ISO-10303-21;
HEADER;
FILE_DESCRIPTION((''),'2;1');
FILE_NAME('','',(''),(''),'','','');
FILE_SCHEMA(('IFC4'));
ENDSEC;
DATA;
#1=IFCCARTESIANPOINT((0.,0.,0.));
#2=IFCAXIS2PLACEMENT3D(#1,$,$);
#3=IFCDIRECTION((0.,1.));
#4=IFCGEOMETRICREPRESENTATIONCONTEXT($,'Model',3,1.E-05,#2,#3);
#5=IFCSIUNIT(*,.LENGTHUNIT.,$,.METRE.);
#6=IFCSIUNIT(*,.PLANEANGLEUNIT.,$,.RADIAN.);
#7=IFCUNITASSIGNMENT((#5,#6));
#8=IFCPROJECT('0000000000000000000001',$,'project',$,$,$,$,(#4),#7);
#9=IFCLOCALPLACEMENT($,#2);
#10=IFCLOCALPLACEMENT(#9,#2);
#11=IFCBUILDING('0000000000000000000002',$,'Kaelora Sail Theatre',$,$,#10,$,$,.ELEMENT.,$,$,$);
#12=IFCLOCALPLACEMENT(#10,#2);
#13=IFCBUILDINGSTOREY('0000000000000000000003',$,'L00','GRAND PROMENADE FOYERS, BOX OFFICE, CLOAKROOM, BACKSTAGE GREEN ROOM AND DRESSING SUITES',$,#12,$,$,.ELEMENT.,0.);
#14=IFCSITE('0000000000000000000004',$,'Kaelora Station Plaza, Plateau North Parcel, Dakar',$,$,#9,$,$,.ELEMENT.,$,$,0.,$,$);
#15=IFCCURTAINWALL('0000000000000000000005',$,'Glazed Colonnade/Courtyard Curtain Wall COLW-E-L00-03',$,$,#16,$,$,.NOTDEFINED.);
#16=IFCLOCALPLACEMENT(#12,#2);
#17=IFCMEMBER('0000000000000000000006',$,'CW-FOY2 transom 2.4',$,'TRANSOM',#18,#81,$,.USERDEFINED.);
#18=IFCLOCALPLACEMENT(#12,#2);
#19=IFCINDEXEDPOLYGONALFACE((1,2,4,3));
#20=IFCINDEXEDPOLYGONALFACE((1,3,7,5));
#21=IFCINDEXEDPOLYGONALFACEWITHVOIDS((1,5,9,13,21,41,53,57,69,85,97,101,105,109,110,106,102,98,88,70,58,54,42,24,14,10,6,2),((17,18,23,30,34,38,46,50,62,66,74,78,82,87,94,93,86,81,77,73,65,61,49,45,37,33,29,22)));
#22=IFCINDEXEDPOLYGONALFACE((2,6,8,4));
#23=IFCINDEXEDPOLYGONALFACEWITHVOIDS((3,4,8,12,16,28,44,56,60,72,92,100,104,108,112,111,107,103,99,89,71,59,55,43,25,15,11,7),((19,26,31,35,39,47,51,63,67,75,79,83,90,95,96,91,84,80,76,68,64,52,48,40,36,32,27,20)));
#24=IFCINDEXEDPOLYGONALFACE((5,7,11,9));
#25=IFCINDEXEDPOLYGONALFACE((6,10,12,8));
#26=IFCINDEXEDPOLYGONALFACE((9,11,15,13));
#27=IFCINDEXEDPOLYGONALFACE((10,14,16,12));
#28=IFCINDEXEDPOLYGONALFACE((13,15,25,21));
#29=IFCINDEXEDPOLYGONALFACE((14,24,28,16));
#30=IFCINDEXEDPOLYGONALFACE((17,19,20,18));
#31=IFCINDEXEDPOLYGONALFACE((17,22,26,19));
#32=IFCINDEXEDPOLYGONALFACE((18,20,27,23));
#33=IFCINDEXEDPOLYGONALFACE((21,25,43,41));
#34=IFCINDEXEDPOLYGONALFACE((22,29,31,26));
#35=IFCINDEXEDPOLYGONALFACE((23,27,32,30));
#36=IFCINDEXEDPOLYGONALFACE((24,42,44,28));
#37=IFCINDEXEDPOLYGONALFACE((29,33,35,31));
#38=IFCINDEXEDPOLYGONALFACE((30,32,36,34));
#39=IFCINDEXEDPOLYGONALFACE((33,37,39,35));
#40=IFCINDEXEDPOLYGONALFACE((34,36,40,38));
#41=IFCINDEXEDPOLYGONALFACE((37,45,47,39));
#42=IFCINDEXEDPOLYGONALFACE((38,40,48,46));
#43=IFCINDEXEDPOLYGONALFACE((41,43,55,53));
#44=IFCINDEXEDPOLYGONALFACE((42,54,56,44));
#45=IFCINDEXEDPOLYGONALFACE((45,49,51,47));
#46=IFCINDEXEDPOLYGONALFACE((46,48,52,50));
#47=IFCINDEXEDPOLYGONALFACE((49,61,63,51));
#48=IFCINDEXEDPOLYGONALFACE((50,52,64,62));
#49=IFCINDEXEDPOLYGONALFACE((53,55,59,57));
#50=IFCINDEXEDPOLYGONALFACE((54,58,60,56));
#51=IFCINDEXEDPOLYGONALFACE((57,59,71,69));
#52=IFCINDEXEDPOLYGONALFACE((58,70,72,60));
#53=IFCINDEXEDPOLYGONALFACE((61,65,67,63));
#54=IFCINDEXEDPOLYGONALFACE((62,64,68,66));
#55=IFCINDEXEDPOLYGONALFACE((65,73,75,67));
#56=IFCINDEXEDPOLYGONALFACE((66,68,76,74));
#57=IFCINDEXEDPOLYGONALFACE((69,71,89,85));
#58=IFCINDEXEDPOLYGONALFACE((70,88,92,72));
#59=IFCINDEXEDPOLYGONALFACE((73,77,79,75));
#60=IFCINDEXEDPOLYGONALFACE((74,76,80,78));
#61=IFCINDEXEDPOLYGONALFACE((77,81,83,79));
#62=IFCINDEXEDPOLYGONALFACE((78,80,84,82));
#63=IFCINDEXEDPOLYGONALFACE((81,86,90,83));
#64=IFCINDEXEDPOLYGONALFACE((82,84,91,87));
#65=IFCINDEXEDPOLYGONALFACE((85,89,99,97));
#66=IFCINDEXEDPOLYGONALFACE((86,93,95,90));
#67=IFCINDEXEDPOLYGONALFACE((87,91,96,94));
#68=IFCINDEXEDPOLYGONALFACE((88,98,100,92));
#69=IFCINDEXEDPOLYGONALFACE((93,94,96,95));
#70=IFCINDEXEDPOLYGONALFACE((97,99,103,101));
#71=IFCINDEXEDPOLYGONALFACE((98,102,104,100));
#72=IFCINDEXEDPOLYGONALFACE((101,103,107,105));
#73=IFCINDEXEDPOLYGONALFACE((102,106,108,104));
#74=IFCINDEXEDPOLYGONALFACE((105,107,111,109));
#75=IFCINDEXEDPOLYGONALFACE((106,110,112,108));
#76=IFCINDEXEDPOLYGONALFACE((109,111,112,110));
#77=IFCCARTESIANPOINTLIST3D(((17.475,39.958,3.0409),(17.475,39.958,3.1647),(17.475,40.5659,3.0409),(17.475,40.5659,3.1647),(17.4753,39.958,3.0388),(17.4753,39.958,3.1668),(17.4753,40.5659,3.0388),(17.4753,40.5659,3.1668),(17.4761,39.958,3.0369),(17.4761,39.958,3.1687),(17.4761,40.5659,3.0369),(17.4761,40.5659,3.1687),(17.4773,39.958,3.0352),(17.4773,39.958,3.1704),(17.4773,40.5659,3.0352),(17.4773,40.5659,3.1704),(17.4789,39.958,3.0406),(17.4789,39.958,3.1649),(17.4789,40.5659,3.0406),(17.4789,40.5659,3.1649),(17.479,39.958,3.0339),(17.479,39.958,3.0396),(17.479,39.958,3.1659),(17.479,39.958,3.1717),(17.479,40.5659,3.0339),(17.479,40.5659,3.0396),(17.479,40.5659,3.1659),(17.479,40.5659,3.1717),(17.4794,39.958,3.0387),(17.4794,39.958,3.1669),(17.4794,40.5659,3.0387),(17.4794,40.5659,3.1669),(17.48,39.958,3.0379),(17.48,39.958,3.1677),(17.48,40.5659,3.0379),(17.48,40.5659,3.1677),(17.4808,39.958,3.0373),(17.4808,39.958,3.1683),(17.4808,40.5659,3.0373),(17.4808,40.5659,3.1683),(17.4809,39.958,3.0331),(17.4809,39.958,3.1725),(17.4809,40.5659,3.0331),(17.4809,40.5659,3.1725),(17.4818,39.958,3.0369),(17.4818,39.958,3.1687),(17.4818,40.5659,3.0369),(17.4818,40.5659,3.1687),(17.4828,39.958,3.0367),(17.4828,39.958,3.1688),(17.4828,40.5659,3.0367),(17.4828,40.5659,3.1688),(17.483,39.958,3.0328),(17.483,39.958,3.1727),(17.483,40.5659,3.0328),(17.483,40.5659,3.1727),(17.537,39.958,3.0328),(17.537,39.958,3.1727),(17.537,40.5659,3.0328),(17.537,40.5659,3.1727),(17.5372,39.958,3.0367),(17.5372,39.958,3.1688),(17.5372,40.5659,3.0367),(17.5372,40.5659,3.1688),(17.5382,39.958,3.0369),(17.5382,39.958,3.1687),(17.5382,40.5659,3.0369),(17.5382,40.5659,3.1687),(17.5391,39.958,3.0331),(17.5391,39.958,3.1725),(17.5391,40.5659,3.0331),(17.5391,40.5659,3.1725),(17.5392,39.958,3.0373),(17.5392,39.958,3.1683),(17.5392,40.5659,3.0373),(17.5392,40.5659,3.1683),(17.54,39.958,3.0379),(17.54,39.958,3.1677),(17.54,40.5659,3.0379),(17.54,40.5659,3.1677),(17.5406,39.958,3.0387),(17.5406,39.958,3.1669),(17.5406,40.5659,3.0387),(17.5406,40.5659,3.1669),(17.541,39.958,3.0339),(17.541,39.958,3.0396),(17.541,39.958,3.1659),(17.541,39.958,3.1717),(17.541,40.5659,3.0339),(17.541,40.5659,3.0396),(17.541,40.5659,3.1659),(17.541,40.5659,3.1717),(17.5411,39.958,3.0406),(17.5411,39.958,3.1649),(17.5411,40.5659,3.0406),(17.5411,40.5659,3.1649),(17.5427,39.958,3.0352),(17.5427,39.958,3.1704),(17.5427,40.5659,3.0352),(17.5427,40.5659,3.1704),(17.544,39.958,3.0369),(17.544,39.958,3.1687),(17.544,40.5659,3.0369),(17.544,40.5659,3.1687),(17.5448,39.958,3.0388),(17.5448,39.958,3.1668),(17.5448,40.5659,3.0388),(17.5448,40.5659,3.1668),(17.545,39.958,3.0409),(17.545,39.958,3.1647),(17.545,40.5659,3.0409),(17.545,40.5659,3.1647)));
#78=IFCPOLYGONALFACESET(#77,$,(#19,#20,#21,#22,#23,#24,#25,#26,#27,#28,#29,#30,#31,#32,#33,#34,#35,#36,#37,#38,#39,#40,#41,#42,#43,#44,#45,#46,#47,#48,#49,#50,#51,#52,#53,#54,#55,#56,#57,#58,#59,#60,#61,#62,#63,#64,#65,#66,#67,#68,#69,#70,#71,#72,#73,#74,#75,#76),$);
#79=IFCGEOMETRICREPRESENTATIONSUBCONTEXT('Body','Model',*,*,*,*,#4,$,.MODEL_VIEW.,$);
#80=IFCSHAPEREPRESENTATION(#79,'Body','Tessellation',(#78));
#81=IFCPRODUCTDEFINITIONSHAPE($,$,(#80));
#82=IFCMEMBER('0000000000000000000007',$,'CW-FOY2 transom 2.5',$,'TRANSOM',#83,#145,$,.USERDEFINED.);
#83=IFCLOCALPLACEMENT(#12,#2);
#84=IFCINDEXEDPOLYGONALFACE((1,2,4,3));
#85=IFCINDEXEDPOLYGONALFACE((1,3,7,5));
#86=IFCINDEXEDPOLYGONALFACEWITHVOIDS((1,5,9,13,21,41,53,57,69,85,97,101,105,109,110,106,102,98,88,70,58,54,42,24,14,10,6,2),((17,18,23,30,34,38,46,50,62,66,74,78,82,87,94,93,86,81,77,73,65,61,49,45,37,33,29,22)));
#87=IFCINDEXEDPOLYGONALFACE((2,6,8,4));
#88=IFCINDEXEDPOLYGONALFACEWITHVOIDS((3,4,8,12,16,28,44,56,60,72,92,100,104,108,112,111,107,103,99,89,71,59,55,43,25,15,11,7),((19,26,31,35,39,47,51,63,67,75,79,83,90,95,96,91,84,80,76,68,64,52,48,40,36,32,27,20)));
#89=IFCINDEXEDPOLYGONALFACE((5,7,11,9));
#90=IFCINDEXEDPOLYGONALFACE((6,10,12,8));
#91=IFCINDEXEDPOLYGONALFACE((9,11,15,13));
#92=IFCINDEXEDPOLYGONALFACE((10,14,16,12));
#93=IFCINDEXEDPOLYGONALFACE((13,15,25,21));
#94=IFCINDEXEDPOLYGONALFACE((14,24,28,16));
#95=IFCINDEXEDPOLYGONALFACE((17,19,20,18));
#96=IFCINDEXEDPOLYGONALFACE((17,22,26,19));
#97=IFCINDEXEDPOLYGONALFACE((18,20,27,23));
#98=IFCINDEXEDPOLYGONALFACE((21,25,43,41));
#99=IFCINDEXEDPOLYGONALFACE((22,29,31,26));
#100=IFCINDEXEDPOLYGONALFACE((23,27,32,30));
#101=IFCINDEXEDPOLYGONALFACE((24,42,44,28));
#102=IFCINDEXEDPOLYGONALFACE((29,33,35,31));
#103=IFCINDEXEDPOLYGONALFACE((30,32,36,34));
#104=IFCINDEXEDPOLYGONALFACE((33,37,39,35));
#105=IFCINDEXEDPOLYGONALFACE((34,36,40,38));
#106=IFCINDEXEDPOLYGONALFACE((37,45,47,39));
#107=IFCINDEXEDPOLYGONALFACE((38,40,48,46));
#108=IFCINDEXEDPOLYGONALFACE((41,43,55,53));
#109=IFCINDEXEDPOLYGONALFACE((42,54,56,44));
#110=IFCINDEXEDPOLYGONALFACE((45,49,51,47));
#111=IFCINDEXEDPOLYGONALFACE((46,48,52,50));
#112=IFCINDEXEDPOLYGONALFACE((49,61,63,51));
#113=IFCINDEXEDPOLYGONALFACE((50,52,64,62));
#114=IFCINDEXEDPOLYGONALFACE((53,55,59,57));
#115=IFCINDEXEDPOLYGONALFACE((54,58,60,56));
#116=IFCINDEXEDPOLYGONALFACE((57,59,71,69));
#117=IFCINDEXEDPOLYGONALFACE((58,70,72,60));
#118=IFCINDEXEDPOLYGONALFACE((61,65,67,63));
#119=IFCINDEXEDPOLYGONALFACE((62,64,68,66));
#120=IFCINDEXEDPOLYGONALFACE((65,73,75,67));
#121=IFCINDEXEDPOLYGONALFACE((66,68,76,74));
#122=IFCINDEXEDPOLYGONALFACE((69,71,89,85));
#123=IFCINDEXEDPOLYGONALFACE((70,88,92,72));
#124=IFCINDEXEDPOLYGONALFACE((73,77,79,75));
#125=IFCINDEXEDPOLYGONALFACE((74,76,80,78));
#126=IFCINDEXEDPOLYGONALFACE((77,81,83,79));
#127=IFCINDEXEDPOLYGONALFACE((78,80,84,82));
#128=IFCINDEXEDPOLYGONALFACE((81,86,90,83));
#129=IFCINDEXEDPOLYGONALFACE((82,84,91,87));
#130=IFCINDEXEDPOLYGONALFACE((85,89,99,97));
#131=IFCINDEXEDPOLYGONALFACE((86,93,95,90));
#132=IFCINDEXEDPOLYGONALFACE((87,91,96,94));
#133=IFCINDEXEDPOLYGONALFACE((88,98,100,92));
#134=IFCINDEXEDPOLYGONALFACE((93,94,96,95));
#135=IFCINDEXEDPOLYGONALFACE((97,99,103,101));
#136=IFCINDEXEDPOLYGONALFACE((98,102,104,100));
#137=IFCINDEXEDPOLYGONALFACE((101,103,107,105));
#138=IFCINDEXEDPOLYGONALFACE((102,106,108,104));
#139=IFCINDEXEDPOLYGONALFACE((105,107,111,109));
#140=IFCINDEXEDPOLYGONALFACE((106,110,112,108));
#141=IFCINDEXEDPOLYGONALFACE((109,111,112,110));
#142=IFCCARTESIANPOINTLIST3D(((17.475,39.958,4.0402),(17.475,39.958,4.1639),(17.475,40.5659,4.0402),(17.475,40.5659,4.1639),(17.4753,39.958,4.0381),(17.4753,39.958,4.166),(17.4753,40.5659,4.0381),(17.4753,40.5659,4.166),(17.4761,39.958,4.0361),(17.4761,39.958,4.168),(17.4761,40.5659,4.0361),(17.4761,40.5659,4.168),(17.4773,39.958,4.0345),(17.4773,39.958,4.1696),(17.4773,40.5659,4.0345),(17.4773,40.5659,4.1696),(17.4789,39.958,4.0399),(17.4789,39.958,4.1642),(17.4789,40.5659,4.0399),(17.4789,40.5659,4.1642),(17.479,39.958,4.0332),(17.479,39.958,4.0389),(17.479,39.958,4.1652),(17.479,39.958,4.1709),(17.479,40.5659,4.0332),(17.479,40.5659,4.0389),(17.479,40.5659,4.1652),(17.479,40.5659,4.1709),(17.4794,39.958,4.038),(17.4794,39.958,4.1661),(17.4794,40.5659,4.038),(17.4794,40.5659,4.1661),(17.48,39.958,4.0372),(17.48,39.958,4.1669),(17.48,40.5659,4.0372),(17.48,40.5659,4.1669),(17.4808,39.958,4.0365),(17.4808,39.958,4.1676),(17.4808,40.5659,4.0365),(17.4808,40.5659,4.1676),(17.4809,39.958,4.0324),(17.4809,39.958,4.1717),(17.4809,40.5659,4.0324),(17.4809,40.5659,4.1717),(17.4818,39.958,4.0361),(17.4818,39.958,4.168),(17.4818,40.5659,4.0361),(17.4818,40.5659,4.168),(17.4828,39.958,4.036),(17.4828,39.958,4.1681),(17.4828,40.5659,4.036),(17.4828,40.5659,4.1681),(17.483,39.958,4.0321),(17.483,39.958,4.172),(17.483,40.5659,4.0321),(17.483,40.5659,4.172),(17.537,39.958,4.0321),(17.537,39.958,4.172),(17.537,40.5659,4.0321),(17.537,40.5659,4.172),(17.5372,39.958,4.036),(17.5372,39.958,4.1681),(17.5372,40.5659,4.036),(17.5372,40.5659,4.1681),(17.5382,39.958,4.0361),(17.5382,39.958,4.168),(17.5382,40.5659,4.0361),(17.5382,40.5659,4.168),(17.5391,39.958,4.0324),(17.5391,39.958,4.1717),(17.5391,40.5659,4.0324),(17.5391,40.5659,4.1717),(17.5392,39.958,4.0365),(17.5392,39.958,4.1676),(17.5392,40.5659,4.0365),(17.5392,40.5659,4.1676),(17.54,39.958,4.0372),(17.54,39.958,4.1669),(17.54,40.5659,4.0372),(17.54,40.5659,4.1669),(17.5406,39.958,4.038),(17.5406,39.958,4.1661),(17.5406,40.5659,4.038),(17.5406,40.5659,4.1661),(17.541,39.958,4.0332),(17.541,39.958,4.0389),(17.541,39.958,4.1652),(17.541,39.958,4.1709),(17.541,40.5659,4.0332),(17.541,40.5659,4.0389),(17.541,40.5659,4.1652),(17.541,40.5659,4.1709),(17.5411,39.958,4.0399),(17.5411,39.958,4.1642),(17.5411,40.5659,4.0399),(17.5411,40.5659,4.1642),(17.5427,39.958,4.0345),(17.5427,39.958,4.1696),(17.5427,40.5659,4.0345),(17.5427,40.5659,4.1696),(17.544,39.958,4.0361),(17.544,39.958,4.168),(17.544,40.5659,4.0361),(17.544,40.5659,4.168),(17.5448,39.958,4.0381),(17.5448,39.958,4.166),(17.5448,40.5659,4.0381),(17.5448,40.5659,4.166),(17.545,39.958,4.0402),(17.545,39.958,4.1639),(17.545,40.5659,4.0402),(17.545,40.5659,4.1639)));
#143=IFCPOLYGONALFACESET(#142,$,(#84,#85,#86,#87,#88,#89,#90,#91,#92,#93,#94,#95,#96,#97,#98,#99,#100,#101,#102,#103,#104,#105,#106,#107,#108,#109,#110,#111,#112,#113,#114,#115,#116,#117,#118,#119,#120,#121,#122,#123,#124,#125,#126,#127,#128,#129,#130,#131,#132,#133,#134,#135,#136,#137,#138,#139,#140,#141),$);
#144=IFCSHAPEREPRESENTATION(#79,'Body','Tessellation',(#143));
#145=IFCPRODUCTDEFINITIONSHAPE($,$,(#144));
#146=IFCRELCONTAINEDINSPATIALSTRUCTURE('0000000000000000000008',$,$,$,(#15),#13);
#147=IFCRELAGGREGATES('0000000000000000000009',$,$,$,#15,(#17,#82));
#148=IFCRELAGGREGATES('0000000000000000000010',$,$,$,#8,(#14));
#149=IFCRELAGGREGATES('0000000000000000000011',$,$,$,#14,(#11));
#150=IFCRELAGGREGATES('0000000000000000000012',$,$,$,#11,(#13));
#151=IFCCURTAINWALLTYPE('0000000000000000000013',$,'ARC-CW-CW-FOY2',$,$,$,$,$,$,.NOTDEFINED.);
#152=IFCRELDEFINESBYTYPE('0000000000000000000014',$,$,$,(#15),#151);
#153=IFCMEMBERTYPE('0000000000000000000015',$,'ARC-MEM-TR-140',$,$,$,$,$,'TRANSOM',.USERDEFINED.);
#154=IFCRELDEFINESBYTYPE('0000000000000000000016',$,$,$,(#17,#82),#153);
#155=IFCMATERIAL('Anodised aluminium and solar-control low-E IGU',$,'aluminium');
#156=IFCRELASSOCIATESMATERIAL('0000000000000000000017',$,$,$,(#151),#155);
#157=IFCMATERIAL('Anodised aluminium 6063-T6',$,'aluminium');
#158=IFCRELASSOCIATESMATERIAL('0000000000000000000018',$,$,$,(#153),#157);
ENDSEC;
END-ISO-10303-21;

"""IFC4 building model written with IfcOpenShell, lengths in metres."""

from ifc_helpers import new_model, si_unit, direction, frame, origin, origin_2d, place, context, subcontext, project, spatial, hollow_rectangle, extrude, material, material_profile, profile_set, type_object, element, aggregate, save


model = new_model("IFC4")

# Units and contexts
model_context = context("Model", 3, precision=1e-05, world=origin(), true_north=direction((0.0, 1.0)))
body_context = subcontext(model_context, "Body", "Model", "MODEL_VIEW")
ifc_project = project(units=[si_unit("LENGTHUNIT", "METRE"), si_unit("PLANEANGLEUNIT", "RADIAN")], contexts=[model_context])

# Site, building, storey
site_placement = place(None, origin())
site = spatial("IfcSite", under=ifc_project, at=site_placement, Name="Kaelora Station Plaza, Plateau North Parcel, Dakar", CompositionType="ELEMENT", RefElevation=0.0)
building_placement = place(site_placement, origin())
building = spatial("IfcBuilding", under=site, at=building_placement, Name="Kaelora Sail Theatre", CompositionType="ELEMENT")
storey_placement = place(building_placement, origin())
storey = spatial("IfcBuildingStorey", under=building, at=storey_placement, Name="L00", Description="GRAND PROMENADE FOYERS, BOX OFFICE, CLOAKROOM, BACKSTAGE GREEN ROOM AND DRESSING SUITES", CompositionType="ELEMENT", Elevation=0.0)

# Curtain wall, members
ifc_material_1 = material(Name="Anodised aluminium and solar-control low-E IGU", Category="aluminium")
curtain_wall_type = type_object("IfcCurtainWallType", Name="ARC-CW-CW-FOY2", PredefinedType="NOTDEFINED", material=ifc_material_1)
curtain_wall_placement = place(storey_placement, origin())
curtain_wall = element("IfcCurtainWall", 1, at=curtain_wall_placement, inside=storey, type_object=curtain_wall_type, Name="Glazed Colonnade/Courtyard Curtain Wall COLW-E-L00-03", PredefinedType="NOTDEFINED")
ifc_material_2 = material(Name="Anodised aluminium 6063-T6", Category="aluminium")
ifc_material_profile_1 = material_profile(ifc_material_2, hollow_rectangle(XDim=0.0701, YDim=0.1399, WallThickness=0.0039, InnerFilletRadius=0.0039, OuterFilletRadius=0.0081, at=origin_2d()), Name="ALU-TRAN 70x140x4")
ifc_profile_set_1 = profile_set([ifc_material_profile_1], Name="Anodised aluminium 6063-T6")
member_type_1 = type_object("IfcMemberType", Name="ARC-MEM-TR-140", ElementType="TRANSOM", PredefinedType="USERDEFINED", material=ifc_profile_set_1)
member_1_placement = place(storey_placement, frame((17.51, 39.958, 3.1028), z_axis=(0.0, 1.0, 0.0), x_axis=(-1.0, 0.0, 0.0)))
member_1 = element("IfcMember", 2, at=member_1_placement, type_object=member_type_1, Name="CW-FOY2 transom 2.4", ObjectType="TRANSOM", PredefinedType="USERDEFINED", context=body_context, shape_type="SweptSolid", body=[
    extrude(hollow_rectangle(XDim=0.0701, YDim=0.1399, WallThickness=0.0039, InnerFilletRadius=0.0039, OuterFilletRadius=0.0081, at=origin_2d()), origin(), (0.0, 0.0, 1.0), 0.6079),
])
member_2_placement = place(storey_placement, frame((17.51, 39.958, 4.1021), z_axis=(0.0, 1.0, 0.0), x_axis=(-1.0, 0.0, 0.0)))
member_2 = element("IfcMember", 3, at=member_2_placement, type_object=member_type_1, Name="CW-FOY2 transom 2.5", ObjectType="TRANSOM", PredefinedType="USERDEFINED", context=body_context, shape_type="SweptSolid", body=[
    extrude(hollow_rectangle(XDim=0.0701, YDim=0.1399, WallThickness=0.0039, InnerFilletRadius=0.0039, OuterFilletRadius=0.0081, at=origin_2d()), origin(), (0.0, 0.0, 1.0), 0.6079),
])
aggregate(curtain_wall, [member_1, member_2])

save(model, "model.ifc")
